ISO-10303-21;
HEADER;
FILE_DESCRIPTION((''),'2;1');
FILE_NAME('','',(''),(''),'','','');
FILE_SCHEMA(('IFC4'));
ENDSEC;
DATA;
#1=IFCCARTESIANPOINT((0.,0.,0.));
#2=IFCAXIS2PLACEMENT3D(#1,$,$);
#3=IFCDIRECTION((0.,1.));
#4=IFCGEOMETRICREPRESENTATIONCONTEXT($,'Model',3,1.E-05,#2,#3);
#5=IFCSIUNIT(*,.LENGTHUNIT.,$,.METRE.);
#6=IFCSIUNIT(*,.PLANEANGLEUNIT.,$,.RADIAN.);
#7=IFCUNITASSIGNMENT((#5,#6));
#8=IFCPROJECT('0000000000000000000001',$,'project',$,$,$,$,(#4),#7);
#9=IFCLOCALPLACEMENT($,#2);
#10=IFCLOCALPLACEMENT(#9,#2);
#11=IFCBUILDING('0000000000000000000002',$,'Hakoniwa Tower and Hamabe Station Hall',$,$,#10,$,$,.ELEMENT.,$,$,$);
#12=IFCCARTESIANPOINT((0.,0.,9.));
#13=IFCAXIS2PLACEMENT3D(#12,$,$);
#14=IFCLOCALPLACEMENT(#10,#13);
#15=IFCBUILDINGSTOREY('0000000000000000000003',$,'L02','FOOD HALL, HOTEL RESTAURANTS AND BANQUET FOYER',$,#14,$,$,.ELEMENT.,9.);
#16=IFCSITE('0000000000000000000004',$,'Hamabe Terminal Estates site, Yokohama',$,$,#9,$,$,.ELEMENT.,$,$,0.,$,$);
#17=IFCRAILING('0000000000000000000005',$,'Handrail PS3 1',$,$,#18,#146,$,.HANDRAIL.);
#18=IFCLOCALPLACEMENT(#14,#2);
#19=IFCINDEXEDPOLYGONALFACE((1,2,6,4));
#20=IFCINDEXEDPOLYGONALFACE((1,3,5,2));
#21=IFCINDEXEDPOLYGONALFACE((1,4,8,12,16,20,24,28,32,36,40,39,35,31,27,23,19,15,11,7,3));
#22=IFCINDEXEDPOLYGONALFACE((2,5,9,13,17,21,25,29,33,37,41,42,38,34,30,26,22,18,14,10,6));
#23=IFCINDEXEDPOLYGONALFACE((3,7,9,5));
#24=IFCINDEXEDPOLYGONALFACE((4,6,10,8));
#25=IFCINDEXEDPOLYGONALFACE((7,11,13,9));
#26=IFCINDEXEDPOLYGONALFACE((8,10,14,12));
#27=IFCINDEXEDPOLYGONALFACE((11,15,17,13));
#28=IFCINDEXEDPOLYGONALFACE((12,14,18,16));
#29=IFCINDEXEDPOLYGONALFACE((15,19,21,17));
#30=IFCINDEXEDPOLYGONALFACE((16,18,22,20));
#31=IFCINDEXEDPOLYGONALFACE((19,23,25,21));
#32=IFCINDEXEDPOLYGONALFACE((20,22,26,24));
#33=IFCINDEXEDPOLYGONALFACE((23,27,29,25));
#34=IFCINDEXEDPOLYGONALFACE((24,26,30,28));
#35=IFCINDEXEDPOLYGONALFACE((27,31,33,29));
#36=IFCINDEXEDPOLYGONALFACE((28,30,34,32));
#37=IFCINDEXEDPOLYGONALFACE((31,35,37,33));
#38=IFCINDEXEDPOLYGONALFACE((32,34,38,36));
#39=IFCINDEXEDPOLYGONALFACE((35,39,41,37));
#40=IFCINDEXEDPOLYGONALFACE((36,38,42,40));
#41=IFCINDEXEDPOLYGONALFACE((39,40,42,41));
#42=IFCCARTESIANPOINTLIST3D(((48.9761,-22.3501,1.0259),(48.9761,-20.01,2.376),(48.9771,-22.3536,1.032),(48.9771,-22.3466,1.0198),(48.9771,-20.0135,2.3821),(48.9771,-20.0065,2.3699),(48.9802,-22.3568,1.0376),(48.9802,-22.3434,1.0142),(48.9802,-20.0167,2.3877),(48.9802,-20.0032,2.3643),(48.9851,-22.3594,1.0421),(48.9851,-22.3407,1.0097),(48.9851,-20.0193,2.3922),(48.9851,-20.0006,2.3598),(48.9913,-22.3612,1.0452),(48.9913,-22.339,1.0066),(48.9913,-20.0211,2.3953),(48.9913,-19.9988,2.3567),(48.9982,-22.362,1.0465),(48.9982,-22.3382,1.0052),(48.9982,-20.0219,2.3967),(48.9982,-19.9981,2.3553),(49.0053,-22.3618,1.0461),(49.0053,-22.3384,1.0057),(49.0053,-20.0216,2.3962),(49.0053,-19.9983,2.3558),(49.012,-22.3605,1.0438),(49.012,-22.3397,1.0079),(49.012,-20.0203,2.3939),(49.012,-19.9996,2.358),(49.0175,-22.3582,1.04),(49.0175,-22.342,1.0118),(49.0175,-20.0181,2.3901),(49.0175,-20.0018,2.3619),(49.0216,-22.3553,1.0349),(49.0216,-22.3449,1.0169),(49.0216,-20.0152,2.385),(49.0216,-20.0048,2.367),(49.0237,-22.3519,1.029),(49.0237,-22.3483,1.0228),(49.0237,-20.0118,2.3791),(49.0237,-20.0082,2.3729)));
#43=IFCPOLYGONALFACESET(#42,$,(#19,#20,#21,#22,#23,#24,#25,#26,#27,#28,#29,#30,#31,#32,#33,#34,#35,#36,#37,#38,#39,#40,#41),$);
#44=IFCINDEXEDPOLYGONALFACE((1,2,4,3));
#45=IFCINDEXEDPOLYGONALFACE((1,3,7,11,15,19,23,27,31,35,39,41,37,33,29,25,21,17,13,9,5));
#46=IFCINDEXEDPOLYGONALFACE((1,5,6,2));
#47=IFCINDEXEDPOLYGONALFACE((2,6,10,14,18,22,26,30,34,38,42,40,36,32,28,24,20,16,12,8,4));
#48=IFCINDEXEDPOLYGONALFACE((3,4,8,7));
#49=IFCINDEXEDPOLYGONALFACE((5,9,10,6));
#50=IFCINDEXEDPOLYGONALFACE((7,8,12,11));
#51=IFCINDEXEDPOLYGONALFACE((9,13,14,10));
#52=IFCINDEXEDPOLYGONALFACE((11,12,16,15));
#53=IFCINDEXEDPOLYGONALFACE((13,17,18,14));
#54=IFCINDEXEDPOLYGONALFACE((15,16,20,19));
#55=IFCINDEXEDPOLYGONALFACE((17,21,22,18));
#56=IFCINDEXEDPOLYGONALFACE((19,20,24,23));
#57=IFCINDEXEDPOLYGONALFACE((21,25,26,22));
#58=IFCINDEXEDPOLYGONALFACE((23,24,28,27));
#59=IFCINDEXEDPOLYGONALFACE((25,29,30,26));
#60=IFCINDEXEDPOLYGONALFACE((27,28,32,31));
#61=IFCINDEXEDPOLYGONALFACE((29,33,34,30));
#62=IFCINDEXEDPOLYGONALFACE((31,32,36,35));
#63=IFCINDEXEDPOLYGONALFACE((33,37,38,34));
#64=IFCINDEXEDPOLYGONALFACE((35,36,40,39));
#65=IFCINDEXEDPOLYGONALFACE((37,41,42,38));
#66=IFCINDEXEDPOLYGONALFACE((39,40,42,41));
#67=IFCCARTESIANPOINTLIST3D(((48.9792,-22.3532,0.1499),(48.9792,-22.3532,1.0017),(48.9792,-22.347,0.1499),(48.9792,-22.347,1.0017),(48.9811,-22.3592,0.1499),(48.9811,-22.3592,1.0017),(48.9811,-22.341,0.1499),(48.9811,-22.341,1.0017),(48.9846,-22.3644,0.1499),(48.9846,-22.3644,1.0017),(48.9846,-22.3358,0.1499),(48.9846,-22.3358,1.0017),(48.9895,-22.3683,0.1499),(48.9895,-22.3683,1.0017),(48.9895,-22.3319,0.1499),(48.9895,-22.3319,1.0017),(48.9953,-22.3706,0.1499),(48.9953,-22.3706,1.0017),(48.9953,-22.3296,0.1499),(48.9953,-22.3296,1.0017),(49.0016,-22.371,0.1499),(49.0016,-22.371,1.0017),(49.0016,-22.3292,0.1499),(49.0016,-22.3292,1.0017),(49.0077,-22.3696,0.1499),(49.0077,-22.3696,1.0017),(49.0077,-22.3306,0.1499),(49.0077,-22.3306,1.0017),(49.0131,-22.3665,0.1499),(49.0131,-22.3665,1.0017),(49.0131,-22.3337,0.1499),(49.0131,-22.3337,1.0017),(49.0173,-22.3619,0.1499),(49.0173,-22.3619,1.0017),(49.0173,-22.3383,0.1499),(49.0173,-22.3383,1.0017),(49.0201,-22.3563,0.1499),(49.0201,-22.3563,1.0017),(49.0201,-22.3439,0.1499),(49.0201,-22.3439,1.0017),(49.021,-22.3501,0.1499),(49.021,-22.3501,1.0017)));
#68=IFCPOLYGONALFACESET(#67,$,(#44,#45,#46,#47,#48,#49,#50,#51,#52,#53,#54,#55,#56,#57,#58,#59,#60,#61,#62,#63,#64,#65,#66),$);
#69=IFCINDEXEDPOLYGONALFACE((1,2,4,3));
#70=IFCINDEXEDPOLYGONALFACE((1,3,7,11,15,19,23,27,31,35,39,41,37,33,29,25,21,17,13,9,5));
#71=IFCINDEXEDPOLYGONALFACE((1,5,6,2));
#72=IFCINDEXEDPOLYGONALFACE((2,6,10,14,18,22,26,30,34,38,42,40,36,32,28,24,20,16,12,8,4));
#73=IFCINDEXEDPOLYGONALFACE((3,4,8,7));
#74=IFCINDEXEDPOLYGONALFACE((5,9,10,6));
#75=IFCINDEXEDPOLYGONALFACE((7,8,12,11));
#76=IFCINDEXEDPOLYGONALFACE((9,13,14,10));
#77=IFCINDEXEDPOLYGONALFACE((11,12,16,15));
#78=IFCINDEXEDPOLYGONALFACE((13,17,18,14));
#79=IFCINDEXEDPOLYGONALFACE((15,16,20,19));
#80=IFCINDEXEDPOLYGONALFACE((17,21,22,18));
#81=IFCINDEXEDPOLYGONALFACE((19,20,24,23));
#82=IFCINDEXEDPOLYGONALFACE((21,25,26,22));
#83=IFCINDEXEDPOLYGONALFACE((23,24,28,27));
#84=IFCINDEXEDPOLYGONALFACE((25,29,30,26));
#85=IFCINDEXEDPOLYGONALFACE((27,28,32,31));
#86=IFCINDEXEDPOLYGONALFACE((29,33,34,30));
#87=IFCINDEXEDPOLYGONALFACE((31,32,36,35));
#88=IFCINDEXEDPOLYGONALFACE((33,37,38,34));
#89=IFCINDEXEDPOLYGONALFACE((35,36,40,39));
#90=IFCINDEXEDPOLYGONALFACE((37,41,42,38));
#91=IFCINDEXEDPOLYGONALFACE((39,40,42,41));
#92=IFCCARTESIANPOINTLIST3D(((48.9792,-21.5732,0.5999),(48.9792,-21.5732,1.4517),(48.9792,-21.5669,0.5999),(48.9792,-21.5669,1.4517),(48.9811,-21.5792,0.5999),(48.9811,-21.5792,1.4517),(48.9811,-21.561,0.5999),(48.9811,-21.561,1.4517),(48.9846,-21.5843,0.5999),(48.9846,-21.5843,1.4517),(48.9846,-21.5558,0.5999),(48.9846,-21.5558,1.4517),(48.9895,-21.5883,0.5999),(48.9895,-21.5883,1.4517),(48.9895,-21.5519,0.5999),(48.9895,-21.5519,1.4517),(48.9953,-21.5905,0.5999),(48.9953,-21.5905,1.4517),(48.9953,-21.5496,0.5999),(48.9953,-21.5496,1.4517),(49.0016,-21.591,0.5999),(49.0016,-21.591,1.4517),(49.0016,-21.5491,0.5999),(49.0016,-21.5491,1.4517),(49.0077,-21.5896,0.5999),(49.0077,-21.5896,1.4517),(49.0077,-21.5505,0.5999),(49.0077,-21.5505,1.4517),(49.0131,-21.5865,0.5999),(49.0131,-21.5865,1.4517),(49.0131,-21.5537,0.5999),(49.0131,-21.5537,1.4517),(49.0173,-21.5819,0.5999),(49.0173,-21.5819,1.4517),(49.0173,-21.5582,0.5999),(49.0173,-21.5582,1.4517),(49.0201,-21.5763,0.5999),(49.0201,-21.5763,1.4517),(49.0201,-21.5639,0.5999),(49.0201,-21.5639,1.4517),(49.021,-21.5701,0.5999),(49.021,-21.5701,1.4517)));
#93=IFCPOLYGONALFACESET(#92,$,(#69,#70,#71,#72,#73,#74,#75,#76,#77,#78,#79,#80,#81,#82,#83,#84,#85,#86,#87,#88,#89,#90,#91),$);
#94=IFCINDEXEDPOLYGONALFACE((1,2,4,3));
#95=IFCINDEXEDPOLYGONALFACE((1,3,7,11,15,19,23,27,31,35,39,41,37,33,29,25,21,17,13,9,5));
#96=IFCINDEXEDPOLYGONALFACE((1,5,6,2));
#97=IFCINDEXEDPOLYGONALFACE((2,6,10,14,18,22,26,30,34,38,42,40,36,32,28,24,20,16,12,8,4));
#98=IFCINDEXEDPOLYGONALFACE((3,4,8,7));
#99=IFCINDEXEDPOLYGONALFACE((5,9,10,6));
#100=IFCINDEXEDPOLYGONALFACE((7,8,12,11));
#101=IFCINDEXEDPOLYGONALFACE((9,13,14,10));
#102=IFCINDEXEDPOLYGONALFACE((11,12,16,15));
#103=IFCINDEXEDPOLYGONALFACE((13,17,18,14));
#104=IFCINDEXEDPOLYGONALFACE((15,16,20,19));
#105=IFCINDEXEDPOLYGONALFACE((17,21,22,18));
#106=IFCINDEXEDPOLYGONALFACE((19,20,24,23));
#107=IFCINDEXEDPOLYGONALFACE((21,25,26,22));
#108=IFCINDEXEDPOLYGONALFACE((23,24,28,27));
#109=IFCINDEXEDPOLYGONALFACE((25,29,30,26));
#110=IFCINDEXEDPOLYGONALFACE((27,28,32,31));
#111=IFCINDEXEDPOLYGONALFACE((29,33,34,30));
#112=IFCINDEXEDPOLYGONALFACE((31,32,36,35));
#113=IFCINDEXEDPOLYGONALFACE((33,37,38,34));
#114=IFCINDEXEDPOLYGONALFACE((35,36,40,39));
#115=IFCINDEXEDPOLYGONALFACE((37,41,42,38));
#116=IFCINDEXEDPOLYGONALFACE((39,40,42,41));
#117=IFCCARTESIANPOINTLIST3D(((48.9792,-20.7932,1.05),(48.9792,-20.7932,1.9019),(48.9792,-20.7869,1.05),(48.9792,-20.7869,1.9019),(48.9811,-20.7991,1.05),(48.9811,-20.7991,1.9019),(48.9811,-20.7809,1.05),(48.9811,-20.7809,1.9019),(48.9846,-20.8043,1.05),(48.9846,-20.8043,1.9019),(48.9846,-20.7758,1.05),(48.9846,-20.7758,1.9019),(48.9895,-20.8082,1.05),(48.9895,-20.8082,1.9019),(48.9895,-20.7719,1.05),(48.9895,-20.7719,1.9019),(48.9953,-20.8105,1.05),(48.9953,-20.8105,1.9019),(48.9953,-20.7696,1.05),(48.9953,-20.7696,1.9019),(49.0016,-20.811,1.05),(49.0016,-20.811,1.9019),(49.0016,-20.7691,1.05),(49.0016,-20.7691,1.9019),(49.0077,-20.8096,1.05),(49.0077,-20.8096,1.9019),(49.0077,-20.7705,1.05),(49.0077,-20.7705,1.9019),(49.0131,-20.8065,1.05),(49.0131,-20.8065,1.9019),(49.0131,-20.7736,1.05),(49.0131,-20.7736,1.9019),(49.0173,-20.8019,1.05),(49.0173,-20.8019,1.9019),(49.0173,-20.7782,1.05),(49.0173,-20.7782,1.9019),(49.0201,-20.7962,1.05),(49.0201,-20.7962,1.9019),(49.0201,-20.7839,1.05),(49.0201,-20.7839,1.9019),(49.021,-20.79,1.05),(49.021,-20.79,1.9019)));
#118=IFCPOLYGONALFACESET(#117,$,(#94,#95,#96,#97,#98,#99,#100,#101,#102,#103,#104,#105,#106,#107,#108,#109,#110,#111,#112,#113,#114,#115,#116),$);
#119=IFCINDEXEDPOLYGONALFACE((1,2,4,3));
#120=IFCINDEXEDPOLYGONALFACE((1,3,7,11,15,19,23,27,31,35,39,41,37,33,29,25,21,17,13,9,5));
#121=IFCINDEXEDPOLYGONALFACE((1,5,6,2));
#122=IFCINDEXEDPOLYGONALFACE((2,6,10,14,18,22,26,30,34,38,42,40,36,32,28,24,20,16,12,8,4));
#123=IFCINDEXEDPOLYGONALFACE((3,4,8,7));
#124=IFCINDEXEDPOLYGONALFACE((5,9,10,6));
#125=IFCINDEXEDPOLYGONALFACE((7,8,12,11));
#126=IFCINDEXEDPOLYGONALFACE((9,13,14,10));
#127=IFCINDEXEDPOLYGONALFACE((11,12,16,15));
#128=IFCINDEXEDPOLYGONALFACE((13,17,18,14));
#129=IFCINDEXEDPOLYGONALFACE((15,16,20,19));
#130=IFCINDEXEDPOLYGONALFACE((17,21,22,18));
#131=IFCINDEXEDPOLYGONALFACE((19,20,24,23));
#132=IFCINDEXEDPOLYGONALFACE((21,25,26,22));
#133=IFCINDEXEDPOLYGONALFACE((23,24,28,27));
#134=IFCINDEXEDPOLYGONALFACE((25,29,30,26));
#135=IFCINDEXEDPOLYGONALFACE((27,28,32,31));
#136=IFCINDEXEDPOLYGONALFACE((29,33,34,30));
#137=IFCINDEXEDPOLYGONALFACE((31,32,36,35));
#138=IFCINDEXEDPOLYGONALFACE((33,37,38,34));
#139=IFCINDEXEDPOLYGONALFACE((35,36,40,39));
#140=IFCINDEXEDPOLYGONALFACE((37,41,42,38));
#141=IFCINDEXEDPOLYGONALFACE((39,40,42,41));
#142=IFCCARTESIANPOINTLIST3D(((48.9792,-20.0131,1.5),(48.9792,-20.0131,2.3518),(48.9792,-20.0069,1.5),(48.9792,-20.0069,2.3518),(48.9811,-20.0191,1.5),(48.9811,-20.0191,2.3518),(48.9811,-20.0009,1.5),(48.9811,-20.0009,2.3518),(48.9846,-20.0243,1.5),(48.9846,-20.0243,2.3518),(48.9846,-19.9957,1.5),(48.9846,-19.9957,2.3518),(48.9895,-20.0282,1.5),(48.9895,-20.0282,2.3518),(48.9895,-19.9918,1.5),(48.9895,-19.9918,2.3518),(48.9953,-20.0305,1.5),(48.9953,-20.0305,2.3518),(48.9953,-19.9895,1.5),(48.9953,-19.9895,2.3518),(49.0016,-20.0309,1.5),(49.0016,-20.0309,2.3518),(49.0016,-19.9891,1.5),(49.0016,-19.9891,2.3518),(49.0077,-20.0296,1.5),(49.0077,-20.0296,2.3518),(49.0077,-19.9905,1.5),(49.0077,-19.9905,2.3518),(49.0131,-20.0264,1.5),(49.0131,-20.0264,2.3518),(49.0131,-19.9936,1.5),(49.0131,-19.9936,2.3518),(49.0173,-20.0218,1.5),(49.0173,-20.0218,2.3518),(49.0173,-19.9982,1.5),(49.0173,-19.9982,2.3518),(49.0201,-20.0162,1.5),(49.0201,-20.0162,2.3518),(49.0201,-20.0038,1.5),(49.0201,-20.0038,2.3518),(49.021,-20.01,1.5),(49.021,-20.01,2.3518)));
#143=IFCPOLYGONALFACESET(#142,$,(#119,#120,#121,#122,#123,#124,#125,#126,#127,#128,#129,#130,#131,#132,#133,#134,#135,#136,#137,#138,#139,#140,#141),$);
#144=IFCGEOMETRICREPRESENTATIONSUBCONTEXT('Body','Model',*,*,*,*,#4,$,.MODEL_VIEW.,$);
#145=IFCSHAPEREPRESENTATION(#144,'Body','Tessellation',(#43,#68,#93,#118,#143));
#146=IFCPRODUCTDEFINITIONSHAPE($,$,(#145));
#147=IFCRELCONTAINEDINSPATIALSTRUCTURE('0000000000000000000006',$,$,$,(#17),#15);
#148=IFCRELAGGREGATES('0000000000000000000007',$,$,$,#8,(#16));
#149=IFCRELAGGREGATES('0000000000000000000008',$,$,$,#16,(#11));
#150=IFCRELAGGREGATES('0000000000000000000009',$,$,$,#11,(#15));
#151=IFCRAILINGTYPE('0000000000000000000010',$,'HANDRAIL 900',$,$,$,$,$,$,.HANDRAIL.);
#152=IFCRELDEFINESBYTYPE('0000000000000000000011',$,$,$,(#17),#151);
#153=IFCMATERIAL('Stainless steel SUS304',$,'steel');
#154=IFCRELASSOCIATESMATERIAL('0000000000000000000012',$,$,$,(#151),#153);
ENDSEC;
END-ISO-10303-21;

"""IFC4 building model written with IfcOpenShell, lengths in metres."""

from ifc_helpers import new_model, si_unit, direction, frame, origin, origin_2d, place, context, subcontext, project, spatial, circle, extrude, material, type_object, element, save


model = new_model("IFC4")

# Units and contexts
model_context = context("Model", 3, precision=1e-05, world=origin(), true_north=direction((0.0, 1.0)))
body_context = subcontext(model_context, "Body", "Model", "MODEL_VIEW")
ifc_project = project(units=[si_unit("LENGTHUNIT", "METRE"), si_unit("PLANEANGLEUNIT", "RADIAN")], contexts=[model_context])

# Site, building, storey
site_placement = place(None, origin())
site = spatial("IfcSite", under=ifc_project, at=site_placement, Name="Hamabe Terminal Estates site, Yokohama", CompositionType="ELEMENT", RefElevation=0.0)
building_placement = place(site_placement, origin())
building = spatial("IfcBuilding", under=site, at=building_placement, Name="Hakoniwa Tower and Hamabe Station Hall", CompositionType="ELEMENT")
storey_placement = place(building_placement, frame((0.0, 0.0, 9.0)))
storey = spatial("IfcBuildingStorey", under=building, at=storey_placement, Name="L02", Description="FOOD HALL, HOTEL RESTAURANTS AND BANQUET FOYER", CompositionType="ELEMENT", Elevation=9.0)

# Railing
ifc_material_1 = material(Name="Stainless steel SUS304", Category="steel")
railing_type_1 = type_object("IfcRailingType", Name="HANDRAIL 900", PredefinedType="HANDRAIL", material=ifc_material_1)
for number, where, name in (
    (1, (49.0, -22.3501, 0.1499), "Handrail PS3 1"),
):
    element("IfcRailing", number, at=place(storey_placement, frame(where)), inside=storey, type_object=railing_type_1, Name=name, PredefinedType="HANDRAIL", context=body_context, shape_type="SweptSolid", body=[
        extrude(circle(Radius=0.0239, at=origin_2d()), frame((0.0, 0.0, 0.876), z_axis=(0.0, 0.866178, 0.499735), x_axis=(-1.0, 0.0, 0.0)), (0.0, 0.0, 1.0), 2.7017),
        extrude(circle(Radius=0.021, at=origin_2d()), origin(), (0.0, 0.0, 1.0), 0.8518),
        extrude(circle(Radius=0.021, at=origin_2d()), frame((0.0, 0.78, 0.45)), (0.0, 0.0, 1.0), 0.8518),
        extrude(circle(Radius=0.021, at=origin_2d()), frame((0.0, 1.5601, 0.9001)), (0.0, 0.0, 1.0), 0.8518),
        extrude(circle(Radius=0.021, at=origin_2d()), frame((0.0, 2.3401, 1.3501)), (0.0, 0.0, 1.0), 0.8518),
    ])

save(model, "model.ifc")
